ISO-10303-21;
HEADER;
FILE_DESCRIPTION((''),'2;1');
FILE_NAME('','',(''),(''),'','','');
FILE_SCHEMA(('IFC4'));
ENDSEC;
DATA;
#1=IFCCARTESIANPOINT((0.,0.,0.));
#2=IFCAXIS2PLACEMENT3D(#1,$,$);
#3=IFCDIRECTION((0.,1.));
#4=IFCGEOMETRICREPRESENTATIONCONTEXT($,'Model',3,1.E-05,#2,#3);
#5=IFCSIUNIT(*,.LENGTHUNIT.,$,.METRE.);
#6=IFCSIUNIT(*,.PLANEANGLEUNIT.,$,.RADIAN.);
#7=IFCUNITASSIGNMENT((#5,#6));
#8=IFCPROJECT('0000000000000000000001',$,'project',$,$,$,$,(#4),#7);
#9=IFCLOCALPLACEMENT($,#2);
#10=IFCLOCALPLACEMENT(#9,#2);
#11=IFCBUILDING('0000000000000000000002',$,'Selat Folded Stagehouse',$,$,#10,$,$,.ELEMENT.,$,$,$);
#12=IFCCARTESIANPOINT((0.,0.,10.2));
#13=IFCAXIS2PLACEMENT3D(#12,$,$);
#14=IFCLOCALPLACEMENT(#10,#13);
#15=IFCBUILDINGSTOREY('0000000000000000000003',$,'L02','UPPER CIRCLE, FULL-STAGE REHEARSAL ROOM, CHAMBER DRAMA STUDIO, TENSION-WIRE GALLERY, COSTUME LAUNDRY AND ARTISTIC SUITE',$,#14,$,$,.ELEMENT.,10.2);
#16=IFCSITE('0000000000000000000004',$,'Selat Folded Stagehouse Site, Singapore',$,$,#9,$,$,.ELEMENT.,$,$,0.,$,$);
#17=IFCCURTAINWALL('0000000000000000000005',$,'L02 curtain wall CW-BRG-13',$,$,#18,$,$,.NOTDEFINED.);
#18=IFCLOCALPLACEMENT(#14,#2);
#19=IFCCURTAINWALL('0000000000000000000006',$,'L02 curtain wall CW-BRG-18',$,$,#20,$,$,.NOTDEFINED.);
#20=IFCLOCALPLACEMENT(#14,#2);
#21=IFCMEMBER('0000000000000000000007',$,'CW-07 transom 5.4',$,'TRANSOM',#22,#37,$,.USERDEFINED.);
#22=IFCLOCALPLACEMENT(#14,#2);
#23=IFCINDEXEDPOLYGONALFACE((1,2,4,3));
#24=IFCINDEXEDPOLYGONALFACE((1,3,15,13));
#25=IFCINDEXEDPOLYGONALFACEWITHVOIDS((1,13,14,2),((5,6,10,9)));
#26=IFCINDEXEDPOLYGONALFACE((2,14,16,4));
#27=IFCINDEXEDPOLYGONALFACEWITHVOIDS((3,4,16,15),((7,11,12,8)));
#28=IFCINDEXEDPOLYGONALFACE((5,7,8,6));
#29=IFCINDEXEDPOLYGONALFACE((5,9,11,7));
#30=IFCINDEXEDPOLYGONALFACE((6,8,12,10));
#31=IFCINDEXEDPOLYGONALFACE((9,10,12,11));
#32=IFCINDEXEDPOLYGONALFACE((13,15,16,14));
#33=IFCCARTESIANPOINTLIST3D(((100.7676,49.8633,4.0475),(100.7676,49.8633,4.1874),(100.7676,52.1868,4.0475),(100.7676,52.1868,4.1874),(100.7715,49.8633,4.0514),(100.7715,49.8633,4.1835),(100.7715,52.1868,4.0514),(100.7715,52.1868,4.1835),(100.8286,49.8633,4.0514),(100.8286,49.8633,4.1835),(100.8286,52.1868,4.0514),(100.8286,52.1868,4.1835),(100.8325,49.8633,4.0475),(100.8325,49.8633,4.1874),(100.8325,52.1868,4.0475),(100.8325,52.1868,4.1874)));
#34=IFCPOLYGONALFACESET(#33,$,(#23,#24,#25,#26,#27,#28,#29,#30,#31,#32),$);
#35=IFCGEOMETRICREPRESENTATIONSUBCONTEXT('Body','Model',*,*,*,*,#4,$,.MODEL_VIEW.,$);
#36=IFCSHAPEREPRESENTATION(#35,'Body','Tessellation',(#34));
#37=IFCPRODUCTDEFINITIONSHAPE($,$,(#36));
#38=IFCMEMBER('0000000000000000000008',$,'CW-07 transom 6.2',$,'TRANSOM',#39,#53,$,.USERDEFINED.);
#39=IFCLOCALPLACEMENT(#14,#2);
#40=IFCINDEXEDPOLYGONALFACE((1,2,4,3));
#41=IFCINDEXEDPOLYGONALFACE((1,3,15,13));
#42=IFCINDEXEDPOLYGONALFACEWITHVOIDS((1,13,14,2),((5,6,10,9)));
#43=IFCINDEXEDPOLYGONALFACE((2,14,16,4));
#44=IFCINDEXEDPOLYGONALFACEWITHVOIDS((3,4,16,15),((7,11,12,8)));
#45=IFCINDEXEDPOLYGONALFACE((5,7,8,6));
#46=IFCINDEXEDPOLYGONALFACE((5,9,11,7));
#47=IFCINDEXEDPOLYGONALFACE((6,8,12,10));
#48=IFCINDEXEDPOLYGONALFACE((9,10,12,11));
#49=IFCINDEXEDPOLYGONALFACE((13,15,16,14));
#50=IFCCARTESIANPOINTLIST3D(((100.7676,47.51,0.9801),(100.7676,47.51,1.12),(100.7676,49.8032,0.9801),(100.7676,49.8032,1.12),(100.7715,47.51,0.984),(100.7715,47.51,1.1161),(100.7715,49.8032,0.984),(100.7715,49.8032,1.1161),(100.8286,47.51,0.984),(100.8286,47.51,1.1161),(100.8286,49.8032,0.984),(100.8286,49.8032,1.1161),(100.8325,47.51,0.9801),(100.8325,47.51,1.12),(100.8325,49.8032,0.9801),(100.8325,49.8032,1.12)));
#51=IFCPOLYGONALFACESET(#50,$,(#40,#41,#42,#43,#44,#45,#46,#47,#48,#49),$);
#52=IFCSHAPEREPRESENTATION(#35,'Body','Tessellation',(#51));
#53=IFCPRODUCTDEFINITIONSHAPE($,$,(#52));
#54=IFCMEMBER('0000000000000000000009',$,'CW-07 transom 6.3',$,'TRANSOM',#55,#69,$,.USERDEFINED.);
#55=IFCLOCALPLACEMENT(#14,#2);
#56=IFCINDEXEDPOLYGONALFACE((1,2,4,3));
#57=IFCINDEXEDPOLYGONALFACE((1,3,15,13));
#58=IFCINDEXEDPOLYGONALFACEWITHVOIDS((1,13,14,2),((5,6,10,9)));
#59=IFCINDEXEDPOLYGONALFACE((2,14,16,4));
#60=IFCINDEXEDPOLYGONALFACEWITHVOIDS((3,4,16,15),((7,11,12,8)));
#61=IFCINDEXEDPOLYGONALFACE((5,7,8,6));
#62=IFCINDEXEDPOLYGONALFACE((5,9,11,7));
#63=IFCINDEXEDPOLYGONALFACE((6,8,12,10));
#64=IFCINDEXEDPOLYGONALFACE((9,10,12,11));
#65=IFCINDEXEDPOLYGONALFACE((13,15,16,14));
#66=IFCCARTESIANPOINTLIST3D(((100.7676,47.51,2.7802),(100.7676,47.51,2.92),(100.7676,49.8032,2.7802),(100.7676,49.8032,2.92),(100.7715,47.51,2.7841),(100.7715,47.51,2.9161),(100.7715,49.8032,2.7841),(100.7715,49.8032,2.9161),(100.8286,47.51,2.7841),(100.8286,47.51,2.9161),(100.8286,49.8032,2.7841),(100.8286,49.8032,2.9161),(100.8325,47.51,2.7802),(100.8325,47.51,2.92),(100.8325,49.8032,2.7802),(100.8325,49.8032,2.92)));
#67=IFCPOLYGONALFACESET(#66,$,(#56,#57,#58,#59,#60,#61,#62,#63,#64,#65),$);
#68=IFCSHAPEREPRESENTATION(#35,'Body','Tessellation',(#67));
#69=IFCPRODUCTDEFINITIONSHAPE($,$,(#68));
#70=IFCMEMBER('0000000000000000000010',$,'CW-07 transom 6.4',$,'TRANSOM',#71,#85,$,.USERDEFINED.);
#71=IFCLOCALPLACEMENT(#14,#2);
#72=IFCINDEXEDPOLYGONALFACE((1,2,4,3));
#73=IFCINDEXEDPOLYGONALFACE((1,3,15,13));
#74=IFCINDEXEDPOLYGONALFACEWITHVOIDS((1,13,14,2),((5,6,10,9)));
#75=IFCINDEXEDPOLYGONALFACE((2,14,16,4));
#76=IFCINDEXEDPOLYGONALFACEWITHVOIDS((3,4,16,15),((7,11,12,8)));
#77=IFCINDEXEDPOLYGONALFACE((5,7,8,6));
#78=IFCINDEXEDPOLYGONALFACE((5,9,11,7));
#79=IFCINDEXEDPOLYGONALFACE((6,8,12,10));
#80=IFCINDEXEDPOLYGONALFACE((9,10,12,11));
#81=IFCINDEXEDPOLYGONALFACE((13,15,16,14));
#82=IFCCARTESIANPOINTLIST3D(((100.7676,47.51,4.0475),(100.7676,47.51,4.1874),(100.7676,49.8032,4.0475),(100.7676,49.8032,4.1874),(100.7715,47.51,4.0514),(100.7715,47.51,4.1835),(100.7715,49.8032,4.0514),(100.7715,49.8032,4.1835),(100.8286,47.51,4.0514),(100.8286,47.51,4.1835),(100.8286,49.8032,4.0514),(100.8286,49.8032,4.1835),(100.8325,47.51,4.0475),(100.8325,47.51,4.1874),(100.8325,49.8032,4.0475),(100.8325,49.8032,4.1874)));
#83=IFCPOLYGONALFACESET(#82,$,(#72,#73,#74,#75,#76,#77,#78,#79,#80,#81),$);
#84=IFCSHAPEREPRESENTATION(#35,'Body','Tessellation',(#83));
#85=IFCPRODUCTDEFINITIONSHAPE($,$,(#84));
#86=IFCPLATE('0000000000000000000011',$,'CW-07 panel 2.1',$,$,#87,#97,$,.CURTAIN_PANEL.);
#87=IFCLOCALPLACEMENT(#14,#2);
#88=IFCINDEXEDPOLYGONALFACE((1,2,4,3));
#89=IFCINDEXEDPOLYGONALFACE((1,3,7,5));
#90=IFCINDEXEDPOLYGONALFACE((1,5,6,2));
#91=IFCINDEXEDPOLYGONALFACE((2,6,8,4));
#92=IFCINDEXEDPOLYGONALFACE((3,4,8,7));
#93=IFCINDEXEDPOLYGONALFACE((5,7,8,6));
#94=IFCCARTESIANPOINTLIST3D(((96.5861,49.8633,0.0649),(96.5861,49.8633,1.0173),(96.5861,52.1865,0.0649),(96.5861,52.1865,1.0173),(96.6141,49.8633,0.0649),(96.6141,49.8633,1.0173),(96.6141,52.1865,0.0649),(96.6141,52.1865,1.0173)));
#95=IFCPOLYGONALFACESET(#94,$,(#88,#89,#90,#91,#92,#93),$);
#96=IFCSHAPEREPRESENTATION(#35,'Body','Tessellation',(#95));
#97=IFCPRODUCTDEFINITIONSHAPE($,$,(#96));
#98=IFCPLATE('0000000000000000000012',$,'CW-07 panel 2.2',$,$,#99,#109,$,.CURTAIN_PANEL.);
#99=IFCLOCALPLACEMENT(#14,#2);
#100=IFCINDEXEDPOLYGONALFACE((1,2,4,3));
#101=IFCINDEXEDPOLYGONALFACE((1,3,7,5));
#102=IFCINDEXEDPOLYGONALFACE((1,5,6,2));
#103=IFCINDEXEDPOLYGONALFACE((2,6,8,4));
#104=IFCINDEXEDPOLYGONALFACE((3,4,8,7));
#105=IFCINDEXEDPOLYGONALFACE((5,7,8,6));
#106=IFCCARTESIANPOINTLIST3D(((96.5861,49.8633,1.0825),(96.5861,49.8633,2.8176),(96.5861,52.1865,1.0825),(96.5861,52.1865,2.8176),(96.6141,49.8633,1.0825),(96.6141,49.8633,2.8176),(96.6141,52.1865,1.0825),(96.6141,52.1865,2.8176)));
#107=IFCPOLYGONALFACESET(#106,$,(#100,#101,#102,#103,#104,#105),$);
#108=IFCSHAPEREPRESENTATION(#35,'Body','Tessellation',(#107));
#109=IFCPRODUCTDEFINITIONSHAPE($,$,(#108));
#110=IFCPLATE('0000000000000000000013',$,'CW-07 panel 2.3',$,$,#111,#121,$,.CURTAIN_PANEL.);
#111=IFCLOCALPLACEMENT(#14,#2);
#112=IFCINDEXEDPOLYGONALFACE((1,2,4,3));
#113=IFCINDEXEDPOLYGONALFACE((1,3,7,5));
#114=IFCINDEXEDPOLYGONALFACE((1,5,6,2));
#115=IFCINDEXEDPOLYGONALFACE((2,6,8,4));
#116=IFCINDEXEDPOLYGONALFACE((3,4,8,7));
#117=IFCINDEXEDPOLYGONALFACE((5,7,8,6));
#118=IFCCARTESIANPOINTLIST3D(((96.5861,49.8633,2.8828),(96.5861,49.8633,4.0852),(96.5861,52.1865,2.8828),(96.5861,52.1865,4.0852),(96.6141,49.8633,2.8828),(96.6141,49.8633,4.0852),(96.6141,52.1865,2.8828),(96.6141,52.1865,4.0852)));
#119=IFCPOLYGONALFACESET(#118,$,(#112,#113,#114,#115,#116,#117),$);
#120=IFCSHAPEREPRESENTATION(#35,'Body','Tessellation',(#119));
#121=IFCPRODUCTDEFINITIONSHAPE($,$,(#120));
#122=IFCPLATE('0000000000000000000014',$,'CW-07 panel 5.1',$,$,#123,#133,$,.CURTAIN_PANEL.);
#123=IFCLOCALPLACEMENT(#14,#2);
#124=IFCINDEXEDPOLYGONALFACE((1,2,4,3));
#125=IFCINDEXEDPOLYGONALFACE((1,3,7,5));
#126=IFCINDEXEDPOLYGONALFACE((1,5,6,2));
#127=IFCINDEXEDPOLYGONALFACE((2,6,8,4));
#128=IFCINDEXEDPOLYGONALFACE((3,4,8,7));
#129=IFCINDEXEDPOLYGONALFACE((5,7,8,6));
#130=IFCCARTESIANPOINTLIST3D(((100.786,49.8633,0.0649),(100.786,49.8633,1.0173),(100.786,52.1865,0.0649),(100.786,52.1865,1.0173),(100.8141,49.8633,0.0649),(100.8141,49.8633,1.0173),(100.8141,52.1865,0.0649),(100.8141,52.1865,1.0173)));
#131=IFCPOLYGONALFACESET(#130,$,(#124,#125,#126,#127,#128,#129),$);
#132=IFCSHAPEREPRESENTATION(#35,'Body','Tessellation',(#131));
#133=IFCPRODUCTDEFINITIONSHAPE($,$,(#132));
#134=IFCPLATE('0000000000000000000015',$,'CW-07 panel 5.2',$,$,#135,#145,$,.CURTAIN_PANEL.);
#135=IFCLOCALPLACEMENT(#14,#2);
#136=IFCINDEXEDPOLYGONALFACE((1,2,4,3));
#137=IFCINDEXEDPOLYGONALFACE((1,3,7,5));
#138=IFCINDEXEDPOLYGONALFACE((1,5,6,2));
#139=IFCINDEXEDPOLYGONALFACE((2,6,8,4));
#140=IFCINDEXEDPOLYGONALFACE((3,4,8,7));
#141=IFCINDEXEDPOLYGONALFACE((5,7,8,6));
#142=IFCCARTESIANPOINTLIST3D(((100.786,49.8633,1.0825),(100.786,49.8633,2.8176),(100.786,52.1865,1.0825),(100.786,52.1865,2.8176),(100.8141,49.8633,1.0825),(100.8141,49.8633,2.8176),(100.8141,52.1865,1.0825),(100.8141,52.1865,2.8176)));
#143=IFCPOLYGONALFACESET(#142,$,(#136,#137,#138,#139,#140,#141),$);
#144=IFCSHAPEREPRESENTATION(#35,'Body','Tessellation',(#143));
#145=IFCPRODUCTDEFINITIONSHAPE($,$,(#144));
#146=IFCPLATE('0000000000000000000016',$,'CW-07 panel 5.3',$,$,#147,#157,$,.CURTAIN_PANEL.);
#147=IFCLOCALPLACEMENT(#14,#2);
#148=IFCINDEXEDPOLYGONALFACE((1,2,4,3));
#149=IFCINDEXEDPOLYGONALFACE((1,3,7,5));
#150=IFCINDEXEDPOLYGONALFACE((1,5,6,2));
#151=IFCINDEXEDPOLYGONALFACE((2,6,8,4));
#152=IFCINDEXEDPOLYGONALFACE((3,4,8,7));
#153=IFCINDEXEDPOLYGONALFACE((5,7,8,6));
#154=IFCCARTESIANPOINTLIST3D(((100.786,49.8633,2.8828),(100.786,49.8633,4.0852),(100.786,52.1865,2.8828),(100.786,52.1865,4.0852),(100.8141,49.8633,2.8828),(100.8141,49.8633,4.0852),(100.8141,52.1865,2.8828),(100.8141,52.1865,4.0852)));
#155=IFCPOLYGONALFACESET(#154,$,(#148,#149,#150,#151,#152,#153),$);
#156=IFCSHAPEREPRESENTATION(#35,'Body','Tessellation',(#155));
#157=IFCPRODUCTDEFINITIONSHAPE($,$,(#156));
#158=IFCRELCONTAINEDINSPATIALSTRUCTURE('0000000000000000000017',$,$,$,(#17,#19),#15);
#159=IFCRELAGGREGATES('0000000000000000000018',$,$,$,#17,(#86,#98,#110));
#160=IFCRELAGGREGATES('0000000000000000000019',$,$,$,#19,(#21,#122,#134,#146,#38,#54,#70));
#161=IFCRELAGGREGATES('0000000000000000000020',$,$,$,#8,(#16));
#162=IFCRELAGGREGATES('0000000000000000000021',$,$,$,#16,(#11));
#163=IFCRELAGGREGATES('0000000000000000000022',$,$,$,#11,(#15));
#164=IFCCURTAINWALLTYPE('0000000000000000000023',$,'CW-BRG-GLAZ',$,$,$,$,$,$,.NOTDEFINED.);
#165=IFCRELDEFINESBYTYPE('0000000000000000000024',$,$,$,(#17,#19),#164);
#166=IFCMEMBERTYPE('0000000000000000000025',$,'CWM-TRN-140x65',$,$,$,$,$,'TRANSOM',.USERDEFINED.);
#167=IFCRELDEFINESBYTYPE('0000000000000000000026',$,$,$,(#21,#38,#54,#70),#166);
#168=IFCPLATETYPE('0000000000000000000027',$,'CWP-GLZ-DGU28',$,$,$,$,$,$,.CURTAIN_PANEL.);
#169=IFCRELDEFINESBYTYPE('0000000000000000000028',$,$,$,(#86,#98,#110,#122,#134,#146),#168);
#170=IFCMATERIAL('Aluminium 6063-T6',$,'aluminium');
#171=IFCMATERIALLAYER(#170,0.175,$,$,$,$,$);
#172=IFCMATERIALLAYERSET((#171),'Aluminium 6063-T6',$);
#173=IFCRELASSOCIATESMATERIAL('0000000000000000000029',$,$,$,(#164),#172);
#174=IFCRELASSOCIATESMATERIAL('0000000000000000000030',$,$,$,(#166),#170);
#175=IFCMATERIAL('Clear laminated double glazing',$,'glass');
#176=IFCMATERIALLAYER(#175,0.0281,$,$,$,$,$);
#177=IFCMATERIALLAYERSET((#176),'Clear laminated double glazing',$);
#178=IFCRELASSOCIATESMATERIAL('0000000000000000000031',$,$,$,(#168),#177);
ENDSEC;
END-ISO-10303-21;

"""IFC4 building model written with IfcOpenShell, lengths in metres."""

from ifc_helpers import new_model, si_unit, direction, frame, origin, origin_2d, place, context, subcontext, project, spatial, rectangle, hollow_rectangle, extrude, material, layer, layer_set, material_profile, profile_set, type_object, element, aggregate, save


model = new_model("IFC4")

# Units and contexts
model_context = context("Model", 3, precision=1e-05, world=origin(), true_north=direction((0.0, 1.0)))
body_context = subcontext(model_context, "Body", "Model", "MODEL_VIEW")
ifc_project = project(units=[si_unit("LENGTHUNIT", "METRE"), si_unit("PLANEANGLEUNIT", "RADIAN")], contexts=[model_context])

# Site, building, storey
site_placement = place(None, origin())
site = spatial("IfcSite", under=ifc_project, at=site_placement, Name="Selat Folded Stagehouse Site, Singapore", CompositionType="ELEMENT", RefElevation=0.0)
building_placement = place(site_placement, origin())
building = spatial("IfcBuilding", under=site, at=building_placement, Name="Selat Folded Stagehouse", CompositionType="ELEMENT")
storey_placement = place(building_placement, frame((0.0, 0.0, 10.2)))
storey = spatial("IfcBuildingStorey", under=building, at=storey_placement, Name="L02", Description="UPPER CIRCLE, FULL-STAGE REHEARSAL ROOM, CHAMBER DRAMA STUDIO, TENSION-WIRE GALLERY, COSTUME LAUNDRY AND ARTISTIC SUITE", CompositionType="ELEMENT", Elevation=10.2)

# Curtain walls
ifc_material_1 = material(Name="Aluminium 6063-T6", Category="aluminium")
ifc_layer_1 = layer(ifc_material_1, 0.175)
ifc_layer_set_1 = layer_set([ifc_layer_1], Name="Aluminium 6063-T6")
curtain_wall_type = type_object("IfcCurtainWallType", Name="CW-BRG-GLAZ", PredefinedType="NOTDEFINED", material=ifc_layer_set_1)
curtain_wall_1_placement = place(storey_placement, origin())
curtain_wall_1 = element("IfcCurtainWall", 1, at=curtain_wall_1_placement, inside=storey, type_object=curtain_wall_type, Name="L02 curtain wall CW-BRG-13", PredefinedType="NOTDEFINED")
curtain_wall_2_placement = place(storey_placement, origin())
curtain_wall_2 = element("IfcCurtainWall", 2, at=curtain_wall_2_placement, inside=storey, type_object=curtain_wall_type, Name="L02 curtain wall CW-BRG-18", PredefinedType="NOTDEFINED")

# Members
ifc_material_profile_1 = material_profile(ifc_material_1, hollow_rectangle(XDim=0.0649, YDim=0.1399, WallThickness=0.0039, at=origin_2d()), Name="ALU 140x65x4.0")
ifc_profile_set_1 = profile_set([ifc_material_profile_1], Name="Aluminium 6063-T6")
member_type_1 = type_object("IfcMemberType", Name="CWM-TRN-140x65", ElementType="TRANSOM", PredefinedType="USERDEFINED", material=ifc_profile_set_1)
member_1_placement = place(storey_placement, frame((100.8, 52.1868, 4.1174), z_axis=(0.0, -1.0, 0.0), x_axis=(1.0, 0.0, 0.0)))
member_1 = element("IfcMember", 3, at=member_1_placement, type_object=member_type_1, Name="CW-07 transom 5.4", ObjectType="TRANSOM", PredefinedType="USERDEFINED", context=body_context, shape_type="SweptSolid", body=[
    extrude(hollow_rectangle(XDim=0.0649, YDim=0.1399, WallThickness=0.0039, at=origin_2d()), origin(), (0.0, 0.0, 1.0), 2.3235),
])
member_2_placement = place(storey_placement, frame((100.8, 49.8032, 1.05), z_axis=(0.0, -1.0, 0.0), x_axis=(1.0, 0.0, 0.0)))
member_2 = element("IfcMember", 4, at=member_2_placement, type_object=member_type_1, Name="CW-07 transom 6.2", ObjectType="TRANSOM", PredefinedType="USERDEFINED", context=body_context, shape_type="SweptSolid", body=[
    extrude(hollow_rectangle(XDim=0.0649, YDim=0.1399, WallThickness=0.0039, at=origin_2d()), origin(), (0.0, 0.0, 1.0), 2.2932),
])
member_3_placement = place(storey_placement, frame((100.8, 49.8032, 2.8501), z_axis=(0.0, -1.0, 0.0), x_axis=(1.0, 0.0, 0.0)))
member_3 = element("IfcMember", 5, at=member_3_placement, type_object=member_type_1, Name="CW-07 transom 6.3", ObjectType="TRANSOM", PredefinedType="USERDEFINED", context=body_context, shape_type="SweptSolid", body=[
    extrude(hollow_rectangle(XDim=0.0649, YDim=0.1399, WallThickness=0.0039, at=origin_2d()), origin(), (0.0, 0.0, 1.0), 2.2932),
])
member_4_placement = place(storey_placement, frame((100.8, 49.8032, 4.1174), z_axis=(0.0, -1.0, 0.0), x_axis=(1.0, 0.0, 0.0)))
member_4 = element("IfcMember", 6, at=member_4_placement, type_object=member_type_1, Name="CW-07 transom 6.4", ObjectType="TRANSOM", PredefinedType="USERDEFINED", context=body_context, shape_type="SweptSolid", body=[
    extrude(hollow_rectangle(XDim=0.0649, YDim=0.1399, WallThickness=0.0039, at=origin_2d()), origin(), (0.0, 0.0, 1.0), 2.2932),
])

# Plates
ifc_material_2 = material(Name="Clear laminated double glazing", Category="glass")
ifc_layer_2 = layer(ifc_material_2, 0.0281)
ifc_layer_set_2 = layer_set([ifc_layer_2], Name="Clear laminated double glazing")
plate_type = type_object("IfcPlateType", Name="CWP-GLZ-DGU28", PredefinedType="CURTAIN_PANEL", material=ifc_layer_set_2)
plate_1_placement = place(storey_placement, frame((96.6001, 51.0249, 0.0649), z_axis=(0.0, 0.0, 1.0), x_axis=(0.0, 1.0, 0.0)))
plate_1 = element("IfcPlate", 7, at=plate_1_placement, type_object=plate_type, Name="CW-07 panel 2.1", PredefinedType="CURTAIN_PANEL", context=body_context, shape_type="SweptSolid", body=[
    extrude(rectangle(XDim=2.3232, YDim=0.0281, at=origin_2d()), origin(), (0.0, 0.0, 1.0), 0.9524),
])
plate_2_placement = place(storey_placement, frame((96.6001, 51.0249, 1.0825), z_axis=(0.0, 0.0, 1.0), x_axis=(0.0, 1.0, 0.0)))
plate_2 = element("IfcPlate", 8, at=plate_2_placement, type_object=plate_type, Name="CW-07 panel 2.2", PredefinedType="CURTAIN_PANEL", context=body_context, shape_type="SweptSolid", body=[
    extrude(rectangle(XDim=2.3232, YDim=0.0281, at=origin_2d()), origin(), (0.0, 0.0, 1.0), 1.7351),
])
plate_3_placement = place(storey_placement, frame((96.6001, 51.0249, 2.8828), z_axis=(0.0, 0.0, 1.0), x_axis=(0.0, 1.0, 0.0)))
plate_3 = element("IfcPlate", 9, at=plate_3_placement, type_object=plate_type, Name="CW-07 panel 2.3", PredefinedType="CURTAIN_PANEL", context=body_context, shape_type="SweptSolid", body=[
    extrude(rectangle(XDim=2.3232, YDim=0.0281, at=origin_2d()), origin(), (0.0, 0.0, 1.0), 1.2024),
])
aggregate(curtain_wall_1, [plate_1, plate_2, plate_3])
plate_4_placement = place(storey_placement, frame((100.8, 51.0249, 0.0649), z_axis=(0.0, 0.0, 1.0), x_axis=(0.0, -1.0, 0.0)))
plate_4 = element("IfcPlate", 10, at=plate_4_placement, type_object=plate_type, Name="CW-07 panel 5.1", PredefinedType="CURTAIN_PANEL", context=body_context, shape_type="SweptSolid", body=[
    extrude(rectangle(XDim=2.3232, YDim=0.0281, at=origin_2d()), origin(), (0.0, 0.0, 1.0), 0.9524),
])
plate_5_placement = place(storey_placement, frame((100.8, 51.0249, 1.0825), z_axis=(0.0, 0.0, 1.0), x_axis=(0.0, -1.0, 0.0)))
plate_5 = element("IfcPlate", 11, at=plate_5_placement, type_object=plate_type, Name="CW-07 panel 5.2", PredefinedType="CURTAIN_PANEL", context=body_context, shape_type="SweptSolid", body=[
    extrude(rectangle(XDim=2.3232, YDim=0.0281, at=origin_2d()), origin(), (0.0, 0.0, 1.0), 1.7351),
])
plate_6_placement = place(storey_placement, frame((100.8, 51.0249, 2.8828), z_axis=(0.0, 0.0, 1.0), x_axis=(0.0, -1.0, 0.0)))
plate_6 = element("IfcPlate", 12, at=plate_6_placement, type_object=plate_type, Name="CW-07 panel 5.3", PredefinedType="CURTAIN_PANEL", context=body_context, shape_type="SweptSolid", body=[
    extrude(rectangle(XDim=2.3232, YDim=0.0281, at=origin_2d()), origin(), (0.0, 0.0, 1.0), 1.2024),
])
aggregate(curtain_wall_2, [member_1, plate_4, plate_5, plate_6, member_2, member_3, member_4])

save(model, "model.ifc")
